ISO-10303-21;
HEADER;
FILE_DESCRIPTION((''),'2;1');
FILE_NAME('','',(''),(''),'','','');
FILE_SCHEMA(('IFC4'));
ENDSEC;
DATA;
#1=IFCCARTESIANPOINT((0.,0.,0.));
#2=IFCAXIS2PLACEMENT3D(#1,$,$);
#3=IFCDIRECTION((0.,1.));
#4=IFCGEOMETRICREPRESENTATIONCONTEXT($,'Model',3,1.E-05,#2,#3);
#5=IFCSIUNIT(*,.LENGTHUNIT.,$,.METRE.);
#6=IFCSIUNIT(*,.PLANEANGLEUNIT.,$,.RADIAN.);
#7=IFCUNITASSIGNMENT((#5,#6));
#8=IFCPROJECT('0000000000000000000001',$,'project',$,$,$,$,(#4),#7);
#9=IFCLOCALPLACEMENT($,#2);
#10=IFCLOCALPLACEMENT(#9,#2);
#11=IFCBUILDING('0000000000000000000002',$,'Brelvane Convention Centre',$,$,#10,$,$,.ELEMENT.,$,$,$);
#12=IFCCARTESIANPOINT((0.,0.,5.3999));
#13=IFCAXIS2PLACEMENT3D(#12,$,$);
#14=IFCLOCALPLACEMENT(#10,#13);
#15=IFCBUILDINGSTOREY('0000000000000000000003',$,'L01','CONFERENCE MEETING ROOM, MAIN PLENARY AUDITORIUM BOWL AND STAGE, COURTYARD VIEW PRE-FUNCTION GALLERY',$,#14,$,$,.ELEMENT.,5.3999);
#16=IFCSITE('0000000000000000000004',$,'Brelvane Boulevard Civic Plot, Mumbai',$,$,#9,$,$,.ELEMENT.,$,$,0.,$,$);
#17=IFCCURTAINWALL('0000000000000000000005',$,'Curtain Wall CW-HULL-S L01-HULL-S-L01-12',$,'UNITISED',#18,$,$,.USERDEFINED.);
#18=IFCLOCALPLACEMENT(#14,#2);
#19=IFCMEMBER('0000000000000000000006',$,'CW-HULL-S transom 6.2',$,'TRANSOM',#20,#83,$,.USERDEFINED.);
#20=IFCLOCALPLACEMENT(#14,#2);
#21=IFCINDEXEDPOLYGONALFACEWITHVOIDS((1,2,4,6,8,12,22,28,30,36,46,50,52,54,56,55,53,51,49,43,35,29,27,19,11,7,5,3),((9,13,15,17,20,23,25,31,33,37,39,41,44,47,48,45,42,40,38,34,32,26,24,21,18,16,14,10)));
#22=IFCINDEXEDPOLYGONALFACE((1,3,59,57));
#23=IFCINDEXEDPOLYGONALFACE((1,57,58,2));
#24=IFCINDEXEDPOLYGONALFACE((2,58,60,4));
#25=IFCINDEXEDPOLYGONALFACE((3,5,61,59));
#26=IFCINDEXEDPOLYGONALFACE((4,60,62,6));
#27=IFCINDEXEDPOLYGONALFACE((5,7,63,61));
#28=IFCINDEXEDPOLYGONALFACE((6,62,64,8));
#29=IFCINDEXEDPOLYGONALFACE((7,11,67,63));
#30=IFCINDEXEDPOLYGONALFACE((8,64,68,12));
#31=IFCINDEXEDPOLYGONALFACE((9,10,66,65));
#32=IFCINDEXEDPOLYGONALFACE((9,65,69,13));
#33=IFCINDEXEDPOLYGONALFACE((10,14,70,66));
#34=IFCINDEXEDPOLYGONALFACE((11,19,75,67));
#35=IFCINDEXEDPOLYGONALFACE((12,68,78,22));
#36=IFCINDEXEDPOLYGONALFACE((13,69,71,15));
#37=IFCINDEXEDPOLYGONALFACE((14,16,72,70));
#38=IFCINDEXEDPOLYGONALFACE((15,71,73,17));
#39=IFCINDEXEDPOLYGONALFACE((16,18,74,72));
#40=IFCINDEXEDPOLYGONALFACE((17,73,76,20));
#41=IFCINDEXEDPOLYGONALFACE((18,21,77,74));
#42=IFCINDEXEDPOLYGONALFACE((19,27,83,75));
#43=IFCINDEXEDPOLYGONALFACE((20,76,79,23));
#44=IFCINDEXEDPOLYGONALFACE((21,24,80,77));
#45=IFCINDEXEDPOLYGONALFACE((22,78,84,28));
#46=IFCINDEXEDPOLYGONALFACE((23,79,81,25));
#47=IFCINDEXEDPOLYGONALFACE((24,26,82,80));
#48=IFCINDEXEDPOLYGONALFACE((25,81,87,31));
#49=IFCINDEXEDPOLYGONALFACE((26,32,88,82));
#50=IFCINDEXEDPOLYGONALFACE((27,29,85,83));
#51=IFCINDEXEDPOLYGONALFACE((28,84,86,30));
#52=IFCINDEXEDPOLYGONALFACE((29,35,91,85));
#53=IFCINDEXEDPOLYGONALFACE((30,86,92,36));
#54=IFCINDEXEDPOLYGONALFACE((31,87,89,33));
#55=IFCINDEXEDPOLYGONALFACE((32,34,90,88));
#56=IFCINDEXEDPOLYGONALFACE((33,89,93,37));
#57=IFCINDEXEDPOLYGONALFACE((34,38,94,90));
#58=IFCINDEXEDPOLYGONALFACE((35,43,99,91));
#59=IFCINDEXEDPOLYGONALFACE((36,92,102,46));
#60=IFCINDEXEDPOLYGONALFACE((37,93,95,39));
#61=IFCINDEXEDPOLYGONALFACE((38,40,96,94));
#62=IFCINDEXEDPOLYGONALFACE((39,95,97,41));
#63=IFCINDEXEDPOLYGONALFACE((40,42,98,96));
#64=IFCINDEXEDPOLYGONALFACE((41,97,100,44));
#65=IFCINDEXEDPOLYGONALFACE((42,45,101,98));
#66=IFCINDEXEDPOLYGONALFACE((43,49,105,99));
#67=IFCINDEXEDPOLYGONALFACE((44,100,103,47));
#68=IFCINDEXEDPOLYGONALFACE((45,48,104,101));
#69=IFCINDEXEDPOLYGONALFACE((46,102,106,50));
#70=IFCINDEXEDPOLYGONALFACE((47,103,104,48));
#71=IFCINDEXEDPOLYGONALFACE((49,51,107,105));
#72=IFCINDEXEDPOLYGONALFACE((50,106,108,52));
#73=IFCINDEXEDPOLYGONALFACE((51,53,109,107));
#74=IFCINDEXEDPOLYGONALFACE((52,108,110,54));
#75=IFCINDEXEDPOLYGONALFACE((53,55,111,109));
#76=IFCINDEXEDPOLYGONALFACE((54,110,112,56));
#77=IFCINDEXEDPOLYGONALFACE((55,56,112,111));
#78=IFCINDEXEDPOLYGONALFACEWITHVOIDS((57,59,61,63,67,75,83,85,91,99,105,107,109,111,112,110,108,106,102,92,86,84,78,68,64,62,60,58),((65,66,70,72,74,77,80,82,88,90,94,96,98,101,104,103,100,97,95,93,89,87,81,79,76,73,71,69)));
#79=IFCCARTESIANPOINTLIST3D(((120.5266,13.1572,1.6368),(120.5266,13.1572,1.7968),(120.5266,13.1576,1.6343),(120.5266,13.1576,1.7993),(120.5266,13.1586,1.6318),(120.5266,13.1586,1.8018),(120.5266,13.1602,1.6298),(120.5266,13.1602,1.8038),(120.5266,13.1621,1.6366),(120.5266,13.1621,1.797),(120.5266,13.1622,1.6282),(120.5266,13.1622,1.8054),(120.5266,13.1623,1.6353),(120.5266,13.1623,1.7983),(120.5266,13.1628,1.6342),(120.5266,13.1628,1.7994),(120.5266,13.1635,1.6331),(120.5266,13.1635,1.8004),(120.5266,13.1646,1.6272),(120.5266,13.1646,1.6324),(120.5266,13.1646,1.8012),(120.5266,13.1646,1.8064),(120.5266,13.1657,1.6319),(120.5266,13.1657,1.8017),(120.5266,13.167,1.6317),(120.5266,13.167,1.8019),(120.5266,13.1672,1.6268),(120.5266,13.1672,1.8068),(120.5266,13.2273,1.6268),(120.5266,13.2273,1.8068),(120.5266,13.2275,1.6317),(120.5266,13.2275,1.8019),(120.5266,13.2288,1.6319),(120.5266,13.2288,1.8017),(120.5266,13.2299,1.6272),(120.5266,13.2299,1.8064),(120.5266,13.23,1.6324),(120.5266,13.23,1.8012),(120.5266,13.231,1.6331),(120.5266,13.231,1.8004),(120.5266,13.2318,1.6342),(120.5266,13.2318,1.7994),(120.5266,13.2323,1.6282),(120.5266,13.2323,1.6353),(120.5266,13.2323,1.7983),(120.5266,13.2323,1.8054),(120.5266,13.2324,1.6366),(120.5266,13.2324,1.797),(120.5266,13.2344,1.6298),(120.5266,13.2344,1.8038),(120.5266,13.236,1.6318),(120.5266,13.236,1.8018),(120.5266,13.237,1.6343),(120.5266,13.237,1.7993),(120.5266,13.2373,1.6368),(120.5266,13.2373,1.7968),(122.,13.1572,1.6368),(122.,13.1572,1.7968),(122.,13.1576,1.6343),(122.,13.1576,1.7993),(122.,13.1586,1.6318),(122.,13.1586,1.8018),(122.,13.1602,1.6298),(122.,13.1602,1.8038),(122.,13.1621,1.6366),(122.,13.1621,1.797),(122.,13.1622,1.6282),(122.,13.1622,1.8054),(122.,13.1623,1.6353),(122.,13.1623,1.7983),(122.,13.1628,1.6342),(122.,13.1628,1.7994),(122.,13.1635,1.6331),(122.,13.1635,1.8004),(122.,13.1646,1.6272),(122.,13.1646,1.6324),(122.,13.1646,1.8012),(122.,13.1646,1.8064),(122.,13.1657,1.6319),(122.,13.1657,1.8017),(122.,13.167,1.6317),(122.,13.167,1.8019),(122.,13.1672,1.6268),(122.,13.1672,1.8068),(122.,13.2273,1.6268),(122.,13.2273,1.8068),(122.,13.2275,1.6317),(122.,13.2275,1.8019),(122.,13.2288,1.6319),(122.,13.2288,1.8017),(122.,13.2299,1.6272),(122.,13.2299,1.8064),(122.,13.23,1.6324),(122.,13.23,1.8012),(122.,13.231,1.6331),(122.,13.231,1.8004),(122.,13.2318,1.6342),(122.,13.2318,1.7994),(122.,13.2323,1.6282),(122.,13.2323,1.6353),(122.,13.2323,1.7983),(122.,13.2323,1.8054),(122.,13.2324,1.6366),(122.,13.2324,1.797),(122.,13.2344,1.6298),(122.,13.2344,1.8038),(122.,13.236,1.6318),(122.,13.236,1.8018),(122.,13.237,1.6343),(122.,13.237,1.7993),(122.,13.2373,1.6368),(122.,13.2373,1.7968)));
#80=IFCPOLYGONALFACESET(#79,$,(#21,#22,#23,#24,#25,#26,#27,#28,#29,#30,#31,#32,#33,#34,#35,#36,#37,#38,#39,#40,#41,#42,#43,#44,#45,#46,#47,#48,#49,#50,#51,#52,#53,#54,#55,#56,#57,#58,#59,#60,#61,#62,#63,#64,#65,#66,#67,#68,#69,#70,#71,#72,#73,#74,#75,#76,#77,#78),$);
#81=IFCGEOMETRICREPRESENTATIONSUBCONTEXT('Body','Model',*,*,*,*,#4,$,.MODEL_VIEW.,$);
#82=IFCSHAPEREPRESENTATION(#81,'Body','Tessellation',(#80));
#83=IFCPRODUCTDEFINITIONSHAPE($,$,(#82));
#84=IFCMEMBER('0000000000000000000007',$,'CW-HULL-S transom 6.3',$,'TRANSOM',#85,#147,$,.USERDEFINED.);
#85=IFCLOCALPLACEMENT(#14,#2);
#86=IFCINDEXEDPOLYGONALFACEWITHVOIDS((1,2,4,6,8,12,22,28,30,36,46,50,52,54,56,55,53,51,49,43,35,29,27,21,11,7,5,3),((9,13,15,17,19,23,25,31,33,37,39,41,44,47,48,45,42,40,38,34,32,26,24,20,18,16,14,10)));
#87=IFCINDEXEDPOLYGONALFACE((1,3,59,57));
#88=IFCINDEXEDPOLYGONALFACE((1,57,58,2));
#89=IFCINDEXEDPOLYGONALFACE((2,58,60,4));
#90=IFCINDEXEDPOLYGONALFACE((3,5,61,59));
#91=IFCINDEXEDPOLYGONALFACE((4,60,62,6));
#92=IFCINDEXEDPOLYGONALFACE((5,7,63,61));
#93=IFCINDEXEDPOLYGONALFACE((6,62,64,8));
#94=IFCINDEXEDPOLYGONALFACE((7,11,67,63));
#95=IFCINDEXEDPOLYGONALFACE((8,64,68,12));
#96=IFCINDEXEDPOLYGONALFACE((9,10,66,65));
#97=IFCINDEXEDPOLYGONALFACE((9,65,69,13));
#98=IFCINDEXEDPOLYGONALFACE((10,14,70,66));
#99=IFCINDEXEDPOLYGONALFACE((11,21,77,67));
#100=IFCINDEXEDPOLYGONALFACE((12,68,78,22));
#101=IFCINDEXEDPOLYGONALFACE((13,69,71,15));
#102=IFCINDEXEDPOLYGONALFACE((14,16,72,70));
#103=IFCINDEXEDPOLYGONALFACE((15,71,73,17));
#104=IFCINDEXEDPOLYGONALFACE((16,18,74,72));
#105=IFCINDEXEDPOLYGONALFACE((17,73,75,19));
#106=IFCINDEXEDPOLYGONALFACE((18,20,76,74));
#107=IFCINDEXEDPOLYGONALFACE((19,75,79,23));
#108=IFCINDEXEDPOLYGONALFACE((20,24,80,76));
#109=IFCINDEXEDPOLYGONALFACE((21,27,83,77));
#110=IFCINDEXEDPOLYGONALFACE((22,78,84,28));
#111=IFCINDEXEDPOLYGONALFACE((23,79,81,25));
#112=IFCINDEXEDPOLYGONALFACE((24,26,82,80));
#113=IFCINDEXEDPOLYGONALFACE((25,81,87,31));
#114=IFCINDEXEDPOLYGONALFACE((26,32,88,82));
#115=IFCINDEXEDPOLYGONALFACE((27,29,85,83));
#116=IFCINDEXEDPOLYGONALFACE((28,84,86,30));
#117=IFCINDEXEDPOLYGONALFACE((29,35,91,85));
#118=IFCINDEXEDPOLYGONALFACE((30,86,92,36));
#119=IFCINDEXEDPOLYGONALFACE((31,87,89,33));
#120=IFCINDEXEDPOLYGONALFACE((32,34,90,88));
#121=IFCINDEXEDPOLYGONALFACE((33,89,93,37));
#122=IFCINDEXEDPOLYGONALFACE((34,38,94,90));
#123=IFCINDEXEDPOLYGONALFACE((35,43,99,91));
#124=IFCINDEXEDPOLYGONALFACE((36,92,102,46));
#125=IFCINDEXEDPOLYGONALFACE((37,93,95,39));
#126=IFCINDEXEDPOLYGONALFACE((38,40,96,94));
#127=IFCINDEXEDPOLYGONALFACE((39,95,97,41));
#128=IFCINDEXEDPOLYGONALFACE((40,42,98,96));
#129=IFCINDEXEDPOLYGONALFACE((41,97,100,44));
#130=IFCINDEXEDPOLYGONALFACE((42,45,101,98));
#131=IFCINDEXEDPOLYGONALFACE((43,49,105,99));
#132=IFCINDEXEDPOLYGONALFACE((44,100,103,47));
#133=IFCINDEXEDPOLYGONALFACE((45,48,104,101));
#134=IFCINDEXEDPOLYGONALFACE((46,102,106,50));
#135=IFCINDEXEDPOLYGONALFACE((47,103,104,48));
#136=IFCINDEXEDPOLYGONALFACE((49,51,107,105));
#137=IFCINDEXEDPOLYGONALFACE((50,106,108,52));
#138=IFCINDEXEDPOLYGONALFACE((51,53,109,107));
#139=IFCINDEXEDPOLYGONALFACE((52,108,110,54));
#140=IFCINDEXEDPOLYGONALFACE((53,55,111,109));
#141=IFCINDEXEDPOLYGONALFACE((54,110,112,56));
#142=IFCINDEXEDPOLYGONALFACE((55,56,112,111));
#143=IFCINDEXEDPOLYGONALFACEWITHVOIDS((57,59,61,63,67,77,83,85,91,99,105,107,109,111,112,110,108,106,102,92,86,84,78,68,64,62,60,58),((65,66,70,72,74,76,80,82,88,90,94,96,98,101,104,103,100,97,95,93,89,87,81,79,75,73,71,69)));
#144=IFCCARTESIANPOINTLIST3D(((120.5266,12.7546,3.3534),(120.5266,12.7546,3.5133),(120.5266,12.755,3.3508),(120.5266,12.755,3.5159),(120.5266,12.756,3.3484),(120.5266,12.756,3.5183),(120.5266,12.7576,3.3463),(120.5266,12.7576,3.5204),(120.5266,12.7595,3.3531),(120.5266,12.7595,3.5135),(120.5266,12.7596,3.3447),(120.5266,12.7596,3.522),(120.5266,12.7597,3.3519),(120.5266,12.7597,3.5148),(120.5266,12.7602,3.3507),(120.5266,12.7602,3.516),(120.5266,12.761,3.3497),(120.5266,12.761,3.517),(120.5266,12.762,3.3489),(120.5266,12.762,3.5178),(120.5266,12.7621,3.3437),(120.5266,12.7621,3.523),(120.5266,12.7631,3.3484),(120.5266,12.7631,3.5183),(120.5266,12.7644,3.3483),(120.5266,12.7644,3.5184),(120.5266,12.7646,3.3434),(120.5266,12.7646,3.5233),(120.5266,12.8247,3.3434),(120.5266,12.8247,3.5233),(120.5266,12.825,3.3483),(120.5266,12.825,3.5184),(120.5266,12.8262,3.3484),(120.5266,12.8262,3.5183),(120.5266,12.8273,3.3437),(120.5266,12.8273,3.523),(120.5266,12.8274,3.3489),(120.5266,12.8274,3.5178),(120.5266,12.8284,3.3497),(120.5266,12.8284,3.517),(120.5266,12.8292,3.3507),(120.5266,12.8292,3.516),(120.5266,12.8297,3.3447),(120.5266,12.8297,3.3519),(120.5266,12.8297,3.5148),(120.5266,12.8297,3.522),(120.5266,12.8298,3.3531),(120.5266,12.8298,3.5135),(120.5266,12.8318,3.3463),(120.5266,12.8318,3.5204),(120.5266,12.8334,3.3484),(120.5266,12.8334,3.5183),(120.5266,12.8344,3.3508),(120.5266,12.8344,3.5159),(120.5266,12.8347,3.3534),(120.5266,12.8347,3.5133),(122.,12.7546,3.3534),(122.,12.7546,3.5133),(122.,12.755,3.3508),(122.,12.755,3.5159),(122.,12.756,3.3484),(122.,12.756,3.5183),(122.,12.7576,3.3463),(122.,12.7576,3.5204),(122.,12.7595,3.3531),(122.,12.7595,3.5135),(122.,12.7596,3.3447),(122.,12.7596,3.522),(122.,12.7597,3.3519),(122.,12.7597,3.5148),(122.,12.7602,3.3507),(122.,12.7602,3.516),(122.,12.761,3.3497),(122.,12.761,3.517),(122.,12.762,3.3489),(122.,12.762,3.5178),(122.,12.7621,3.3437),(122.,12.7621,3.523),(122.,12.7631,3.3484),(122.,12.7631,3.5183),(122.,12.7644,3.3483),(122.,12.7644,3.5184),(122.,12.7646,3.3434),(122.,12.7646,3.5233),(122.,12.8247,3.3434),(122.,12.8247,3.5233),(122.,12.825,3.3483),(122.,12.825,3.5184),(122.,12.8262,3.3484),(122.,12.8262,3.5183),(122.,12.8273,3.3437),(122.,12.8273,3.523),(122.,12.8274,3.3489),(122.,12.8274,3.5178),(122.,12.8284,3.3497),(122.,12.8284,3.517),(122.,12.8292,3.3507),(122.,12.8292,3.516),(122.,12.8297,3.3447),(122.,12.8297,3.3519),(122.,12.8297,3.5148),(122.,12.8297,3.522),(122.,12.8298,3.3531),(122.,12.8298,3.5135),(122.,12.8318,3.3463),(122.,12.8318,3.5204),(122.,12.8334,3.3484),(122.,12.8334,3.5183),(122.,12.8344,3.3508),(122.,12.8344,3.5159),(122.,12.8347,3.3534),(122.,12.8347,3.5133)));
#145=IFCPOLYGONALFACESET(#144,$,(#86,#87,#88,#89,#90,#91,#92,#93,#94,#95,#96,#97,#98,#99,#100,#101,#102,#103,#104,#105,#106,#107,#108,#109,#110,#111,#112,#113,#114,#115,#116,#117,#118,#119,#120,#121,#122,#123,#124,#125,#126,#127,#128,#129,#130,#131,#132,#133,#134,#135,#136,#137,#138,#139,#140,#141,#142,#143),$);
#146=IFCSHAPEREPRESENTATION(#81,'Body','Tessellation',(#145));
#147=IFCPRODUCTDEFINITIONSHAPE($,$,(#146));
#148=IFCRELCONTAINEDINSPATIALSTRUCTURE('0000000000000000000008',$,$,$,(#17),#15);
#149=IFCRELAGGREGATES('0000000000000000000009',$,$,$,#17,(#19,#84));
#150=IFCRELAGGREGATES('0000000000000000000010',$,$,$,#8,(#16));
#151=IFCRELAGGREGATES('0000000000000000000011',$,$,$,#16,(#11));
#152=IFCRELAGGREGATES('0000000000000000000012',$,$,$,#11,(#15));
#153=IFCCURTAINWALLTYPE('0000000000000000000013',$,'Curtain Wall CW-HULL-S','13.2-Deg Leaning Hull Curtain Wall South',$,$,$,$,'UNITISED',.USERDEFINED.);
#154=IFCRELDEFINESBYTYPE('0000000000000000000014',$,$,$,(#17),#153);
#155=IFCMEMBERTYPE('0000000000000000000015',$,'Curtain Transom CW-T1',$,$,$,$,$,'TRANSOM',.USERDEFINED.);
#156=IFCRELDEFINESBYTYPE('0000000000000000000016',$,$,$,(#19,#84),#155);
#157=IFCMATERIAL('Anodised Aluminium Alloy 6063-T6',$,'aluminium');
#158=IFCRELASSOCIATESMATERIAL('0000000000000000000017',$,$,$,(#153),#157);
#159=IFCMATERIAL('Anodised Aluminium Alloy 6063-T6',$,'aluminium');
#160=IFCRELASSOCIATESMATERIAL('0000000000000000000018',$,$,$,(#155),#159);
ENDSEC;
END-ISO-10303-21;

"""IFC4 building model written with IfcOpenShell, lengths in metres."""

from ifc_helpers import new_model, si_unit, direction, frame, origin, origin_2d, place, context, subcontext, project, spatial, hollow_rectangle, extrude, material, material_profile, profile_set, type_object, element, aggregate, save


model = new_model("IFC4")

# Units and contexts
model_context = context("Model", 3, precision=1e-05, world=origin(), true_north=direction((0.0, 1.0)))
body_context = subcontext(model_context, "Body", "Model", "MODEL_VIEW")
ifc_project = project(units=[si_unit("LENGTHUNIT", "METRE"), si_unit("PLANEANGLEUNIT", "RADIAN")], contexts=[model_context])

# Site, building, storey
site_placement = place(None, origin())
site = spatial("IfcSite", under=ifc_project, at=site_placement, Name="Brelvane Boulevard Civic Plot, Mumbai", CompositionType="ELEMENT", RefElevation=0.0)
building_placement = place(site_placement, origin())
building = spatial("IfcBuilding", under=site, at=building_placement, Name="Brelvane Convention Centre", CompositionType="ELEMENT")
storey_placement = place(building_placement, frame((0.0, 0.0, 5.3999)))
storey = spatial("IfcBuildingStorey", under=building, at=storey_placement, Name="L01", Description="CONFERENCE MEETING ROOM, MAIN PLENARY AUDITORIUM BOWL AND STAGE, COURTYARD VIEW PRE-FUNCTION GALLERY", CompositionType="ELEMENT", Elevation=5.3999)

# Curtain wall, members
ifc_material_1 = material(Name="Anodised Aluminium Alloy 6063-T6", Category="aluminium")
curtain_wall_type = type_object("IfcCurtainWallType", Name="Curtain Wall CW-HULL-S", Description="13.2-Deg Leaning Hull Curtain Wall South", ElementType="UNITISED", PredefinedType="USERDEFINED", material=ifc_material_1)
curtain_wall_1_placement = place(storey_placement, origin())
curtain_wall_1 = element("IfcCurtainWall", 1, at=curtain_wall_1_placement, inside=storey, type_object=curtain_wall_type, Name="Curtain Wall CW-HULL-S L01-HULL-S-L01-12", ObjectType="UNITISED", PredefinedType="USERDEFINED")
ifc_material_2 = material(Name="Anodised Aluminium Alloy 6063-T6", Category="aluminium")
ifc_material_profile = material_profile(ifc_material_2, hollow_rectangle(XDim=0.0801, YDim=0.1799, WallThickness=0.0049, InnerFilletRadius=0.0049, OuterFilletRadius=0.01, at=origin_2d()), Name="ALU-T 180x80x5.0")
ifc_profile_set = profile_set([ifc_material_profile], Name="Anodised Aluminium Alloy 6063-T6")
member_type = type_object("IfcMemberType", Name="Curtain Transom CW-T1", ElementType="TRANSOM", PredefinedType="USERDEFINED", material=ifc_profile_set)
member_1_placement = place(storey_placement, frame((120.5266, 13.1973, 1.7168), z_axis=(1.0, 0.0, 0.0), x_axis=(0.0, 1.0, 0.0)))
member_1 = element("IfcMember", 2, at=member_1_placement, type_object=member_type, Name="CW-HULL-S transom 6.2", ObjectType="TRANSOM", PredefinedType="USERDEFINED", context=body_context, shape_type="SweptSolid", body=[
    extrude(hollow_rectangle(XDim=0.0801, YDim=0.1799, WallThickness=0.0049, InnerFilletRadius=0.0049, OuterFilletRadius=0.01, at=origin_2d()), origin(), (0.0, 0.0, 1.0), 1.4734),
])
member_2_placement = place(storey_placement, frame((120.5266, 12.7947, 3.4333), z_axis=(1.0, 0.0, 0.0), x_axis=(0.0, 1.0, 0.0)))
member_2 = element("IfcMember", 3, at=member_2_placement, type_object=member_type, Name="CW-HULL-S transom 6.3", ObjectType="TRANSOM", PredefinedType="USERDEFINED", context=body_context, shape_type="SweptSolid", body=[
    extrude(hollow_rectangle(XDim=0.0801, YDim=0.1799, WallThickness=0.0049, InnerFilletRadius=0.0049, OuterFilletRadius=0.01, at=origin_2d()), origin(), (0.0, 0.0, 1.0), 1.4734),
])

aggregate(curtain_wall_1, [member_1, member_2])

save(model, "model.ifc")
